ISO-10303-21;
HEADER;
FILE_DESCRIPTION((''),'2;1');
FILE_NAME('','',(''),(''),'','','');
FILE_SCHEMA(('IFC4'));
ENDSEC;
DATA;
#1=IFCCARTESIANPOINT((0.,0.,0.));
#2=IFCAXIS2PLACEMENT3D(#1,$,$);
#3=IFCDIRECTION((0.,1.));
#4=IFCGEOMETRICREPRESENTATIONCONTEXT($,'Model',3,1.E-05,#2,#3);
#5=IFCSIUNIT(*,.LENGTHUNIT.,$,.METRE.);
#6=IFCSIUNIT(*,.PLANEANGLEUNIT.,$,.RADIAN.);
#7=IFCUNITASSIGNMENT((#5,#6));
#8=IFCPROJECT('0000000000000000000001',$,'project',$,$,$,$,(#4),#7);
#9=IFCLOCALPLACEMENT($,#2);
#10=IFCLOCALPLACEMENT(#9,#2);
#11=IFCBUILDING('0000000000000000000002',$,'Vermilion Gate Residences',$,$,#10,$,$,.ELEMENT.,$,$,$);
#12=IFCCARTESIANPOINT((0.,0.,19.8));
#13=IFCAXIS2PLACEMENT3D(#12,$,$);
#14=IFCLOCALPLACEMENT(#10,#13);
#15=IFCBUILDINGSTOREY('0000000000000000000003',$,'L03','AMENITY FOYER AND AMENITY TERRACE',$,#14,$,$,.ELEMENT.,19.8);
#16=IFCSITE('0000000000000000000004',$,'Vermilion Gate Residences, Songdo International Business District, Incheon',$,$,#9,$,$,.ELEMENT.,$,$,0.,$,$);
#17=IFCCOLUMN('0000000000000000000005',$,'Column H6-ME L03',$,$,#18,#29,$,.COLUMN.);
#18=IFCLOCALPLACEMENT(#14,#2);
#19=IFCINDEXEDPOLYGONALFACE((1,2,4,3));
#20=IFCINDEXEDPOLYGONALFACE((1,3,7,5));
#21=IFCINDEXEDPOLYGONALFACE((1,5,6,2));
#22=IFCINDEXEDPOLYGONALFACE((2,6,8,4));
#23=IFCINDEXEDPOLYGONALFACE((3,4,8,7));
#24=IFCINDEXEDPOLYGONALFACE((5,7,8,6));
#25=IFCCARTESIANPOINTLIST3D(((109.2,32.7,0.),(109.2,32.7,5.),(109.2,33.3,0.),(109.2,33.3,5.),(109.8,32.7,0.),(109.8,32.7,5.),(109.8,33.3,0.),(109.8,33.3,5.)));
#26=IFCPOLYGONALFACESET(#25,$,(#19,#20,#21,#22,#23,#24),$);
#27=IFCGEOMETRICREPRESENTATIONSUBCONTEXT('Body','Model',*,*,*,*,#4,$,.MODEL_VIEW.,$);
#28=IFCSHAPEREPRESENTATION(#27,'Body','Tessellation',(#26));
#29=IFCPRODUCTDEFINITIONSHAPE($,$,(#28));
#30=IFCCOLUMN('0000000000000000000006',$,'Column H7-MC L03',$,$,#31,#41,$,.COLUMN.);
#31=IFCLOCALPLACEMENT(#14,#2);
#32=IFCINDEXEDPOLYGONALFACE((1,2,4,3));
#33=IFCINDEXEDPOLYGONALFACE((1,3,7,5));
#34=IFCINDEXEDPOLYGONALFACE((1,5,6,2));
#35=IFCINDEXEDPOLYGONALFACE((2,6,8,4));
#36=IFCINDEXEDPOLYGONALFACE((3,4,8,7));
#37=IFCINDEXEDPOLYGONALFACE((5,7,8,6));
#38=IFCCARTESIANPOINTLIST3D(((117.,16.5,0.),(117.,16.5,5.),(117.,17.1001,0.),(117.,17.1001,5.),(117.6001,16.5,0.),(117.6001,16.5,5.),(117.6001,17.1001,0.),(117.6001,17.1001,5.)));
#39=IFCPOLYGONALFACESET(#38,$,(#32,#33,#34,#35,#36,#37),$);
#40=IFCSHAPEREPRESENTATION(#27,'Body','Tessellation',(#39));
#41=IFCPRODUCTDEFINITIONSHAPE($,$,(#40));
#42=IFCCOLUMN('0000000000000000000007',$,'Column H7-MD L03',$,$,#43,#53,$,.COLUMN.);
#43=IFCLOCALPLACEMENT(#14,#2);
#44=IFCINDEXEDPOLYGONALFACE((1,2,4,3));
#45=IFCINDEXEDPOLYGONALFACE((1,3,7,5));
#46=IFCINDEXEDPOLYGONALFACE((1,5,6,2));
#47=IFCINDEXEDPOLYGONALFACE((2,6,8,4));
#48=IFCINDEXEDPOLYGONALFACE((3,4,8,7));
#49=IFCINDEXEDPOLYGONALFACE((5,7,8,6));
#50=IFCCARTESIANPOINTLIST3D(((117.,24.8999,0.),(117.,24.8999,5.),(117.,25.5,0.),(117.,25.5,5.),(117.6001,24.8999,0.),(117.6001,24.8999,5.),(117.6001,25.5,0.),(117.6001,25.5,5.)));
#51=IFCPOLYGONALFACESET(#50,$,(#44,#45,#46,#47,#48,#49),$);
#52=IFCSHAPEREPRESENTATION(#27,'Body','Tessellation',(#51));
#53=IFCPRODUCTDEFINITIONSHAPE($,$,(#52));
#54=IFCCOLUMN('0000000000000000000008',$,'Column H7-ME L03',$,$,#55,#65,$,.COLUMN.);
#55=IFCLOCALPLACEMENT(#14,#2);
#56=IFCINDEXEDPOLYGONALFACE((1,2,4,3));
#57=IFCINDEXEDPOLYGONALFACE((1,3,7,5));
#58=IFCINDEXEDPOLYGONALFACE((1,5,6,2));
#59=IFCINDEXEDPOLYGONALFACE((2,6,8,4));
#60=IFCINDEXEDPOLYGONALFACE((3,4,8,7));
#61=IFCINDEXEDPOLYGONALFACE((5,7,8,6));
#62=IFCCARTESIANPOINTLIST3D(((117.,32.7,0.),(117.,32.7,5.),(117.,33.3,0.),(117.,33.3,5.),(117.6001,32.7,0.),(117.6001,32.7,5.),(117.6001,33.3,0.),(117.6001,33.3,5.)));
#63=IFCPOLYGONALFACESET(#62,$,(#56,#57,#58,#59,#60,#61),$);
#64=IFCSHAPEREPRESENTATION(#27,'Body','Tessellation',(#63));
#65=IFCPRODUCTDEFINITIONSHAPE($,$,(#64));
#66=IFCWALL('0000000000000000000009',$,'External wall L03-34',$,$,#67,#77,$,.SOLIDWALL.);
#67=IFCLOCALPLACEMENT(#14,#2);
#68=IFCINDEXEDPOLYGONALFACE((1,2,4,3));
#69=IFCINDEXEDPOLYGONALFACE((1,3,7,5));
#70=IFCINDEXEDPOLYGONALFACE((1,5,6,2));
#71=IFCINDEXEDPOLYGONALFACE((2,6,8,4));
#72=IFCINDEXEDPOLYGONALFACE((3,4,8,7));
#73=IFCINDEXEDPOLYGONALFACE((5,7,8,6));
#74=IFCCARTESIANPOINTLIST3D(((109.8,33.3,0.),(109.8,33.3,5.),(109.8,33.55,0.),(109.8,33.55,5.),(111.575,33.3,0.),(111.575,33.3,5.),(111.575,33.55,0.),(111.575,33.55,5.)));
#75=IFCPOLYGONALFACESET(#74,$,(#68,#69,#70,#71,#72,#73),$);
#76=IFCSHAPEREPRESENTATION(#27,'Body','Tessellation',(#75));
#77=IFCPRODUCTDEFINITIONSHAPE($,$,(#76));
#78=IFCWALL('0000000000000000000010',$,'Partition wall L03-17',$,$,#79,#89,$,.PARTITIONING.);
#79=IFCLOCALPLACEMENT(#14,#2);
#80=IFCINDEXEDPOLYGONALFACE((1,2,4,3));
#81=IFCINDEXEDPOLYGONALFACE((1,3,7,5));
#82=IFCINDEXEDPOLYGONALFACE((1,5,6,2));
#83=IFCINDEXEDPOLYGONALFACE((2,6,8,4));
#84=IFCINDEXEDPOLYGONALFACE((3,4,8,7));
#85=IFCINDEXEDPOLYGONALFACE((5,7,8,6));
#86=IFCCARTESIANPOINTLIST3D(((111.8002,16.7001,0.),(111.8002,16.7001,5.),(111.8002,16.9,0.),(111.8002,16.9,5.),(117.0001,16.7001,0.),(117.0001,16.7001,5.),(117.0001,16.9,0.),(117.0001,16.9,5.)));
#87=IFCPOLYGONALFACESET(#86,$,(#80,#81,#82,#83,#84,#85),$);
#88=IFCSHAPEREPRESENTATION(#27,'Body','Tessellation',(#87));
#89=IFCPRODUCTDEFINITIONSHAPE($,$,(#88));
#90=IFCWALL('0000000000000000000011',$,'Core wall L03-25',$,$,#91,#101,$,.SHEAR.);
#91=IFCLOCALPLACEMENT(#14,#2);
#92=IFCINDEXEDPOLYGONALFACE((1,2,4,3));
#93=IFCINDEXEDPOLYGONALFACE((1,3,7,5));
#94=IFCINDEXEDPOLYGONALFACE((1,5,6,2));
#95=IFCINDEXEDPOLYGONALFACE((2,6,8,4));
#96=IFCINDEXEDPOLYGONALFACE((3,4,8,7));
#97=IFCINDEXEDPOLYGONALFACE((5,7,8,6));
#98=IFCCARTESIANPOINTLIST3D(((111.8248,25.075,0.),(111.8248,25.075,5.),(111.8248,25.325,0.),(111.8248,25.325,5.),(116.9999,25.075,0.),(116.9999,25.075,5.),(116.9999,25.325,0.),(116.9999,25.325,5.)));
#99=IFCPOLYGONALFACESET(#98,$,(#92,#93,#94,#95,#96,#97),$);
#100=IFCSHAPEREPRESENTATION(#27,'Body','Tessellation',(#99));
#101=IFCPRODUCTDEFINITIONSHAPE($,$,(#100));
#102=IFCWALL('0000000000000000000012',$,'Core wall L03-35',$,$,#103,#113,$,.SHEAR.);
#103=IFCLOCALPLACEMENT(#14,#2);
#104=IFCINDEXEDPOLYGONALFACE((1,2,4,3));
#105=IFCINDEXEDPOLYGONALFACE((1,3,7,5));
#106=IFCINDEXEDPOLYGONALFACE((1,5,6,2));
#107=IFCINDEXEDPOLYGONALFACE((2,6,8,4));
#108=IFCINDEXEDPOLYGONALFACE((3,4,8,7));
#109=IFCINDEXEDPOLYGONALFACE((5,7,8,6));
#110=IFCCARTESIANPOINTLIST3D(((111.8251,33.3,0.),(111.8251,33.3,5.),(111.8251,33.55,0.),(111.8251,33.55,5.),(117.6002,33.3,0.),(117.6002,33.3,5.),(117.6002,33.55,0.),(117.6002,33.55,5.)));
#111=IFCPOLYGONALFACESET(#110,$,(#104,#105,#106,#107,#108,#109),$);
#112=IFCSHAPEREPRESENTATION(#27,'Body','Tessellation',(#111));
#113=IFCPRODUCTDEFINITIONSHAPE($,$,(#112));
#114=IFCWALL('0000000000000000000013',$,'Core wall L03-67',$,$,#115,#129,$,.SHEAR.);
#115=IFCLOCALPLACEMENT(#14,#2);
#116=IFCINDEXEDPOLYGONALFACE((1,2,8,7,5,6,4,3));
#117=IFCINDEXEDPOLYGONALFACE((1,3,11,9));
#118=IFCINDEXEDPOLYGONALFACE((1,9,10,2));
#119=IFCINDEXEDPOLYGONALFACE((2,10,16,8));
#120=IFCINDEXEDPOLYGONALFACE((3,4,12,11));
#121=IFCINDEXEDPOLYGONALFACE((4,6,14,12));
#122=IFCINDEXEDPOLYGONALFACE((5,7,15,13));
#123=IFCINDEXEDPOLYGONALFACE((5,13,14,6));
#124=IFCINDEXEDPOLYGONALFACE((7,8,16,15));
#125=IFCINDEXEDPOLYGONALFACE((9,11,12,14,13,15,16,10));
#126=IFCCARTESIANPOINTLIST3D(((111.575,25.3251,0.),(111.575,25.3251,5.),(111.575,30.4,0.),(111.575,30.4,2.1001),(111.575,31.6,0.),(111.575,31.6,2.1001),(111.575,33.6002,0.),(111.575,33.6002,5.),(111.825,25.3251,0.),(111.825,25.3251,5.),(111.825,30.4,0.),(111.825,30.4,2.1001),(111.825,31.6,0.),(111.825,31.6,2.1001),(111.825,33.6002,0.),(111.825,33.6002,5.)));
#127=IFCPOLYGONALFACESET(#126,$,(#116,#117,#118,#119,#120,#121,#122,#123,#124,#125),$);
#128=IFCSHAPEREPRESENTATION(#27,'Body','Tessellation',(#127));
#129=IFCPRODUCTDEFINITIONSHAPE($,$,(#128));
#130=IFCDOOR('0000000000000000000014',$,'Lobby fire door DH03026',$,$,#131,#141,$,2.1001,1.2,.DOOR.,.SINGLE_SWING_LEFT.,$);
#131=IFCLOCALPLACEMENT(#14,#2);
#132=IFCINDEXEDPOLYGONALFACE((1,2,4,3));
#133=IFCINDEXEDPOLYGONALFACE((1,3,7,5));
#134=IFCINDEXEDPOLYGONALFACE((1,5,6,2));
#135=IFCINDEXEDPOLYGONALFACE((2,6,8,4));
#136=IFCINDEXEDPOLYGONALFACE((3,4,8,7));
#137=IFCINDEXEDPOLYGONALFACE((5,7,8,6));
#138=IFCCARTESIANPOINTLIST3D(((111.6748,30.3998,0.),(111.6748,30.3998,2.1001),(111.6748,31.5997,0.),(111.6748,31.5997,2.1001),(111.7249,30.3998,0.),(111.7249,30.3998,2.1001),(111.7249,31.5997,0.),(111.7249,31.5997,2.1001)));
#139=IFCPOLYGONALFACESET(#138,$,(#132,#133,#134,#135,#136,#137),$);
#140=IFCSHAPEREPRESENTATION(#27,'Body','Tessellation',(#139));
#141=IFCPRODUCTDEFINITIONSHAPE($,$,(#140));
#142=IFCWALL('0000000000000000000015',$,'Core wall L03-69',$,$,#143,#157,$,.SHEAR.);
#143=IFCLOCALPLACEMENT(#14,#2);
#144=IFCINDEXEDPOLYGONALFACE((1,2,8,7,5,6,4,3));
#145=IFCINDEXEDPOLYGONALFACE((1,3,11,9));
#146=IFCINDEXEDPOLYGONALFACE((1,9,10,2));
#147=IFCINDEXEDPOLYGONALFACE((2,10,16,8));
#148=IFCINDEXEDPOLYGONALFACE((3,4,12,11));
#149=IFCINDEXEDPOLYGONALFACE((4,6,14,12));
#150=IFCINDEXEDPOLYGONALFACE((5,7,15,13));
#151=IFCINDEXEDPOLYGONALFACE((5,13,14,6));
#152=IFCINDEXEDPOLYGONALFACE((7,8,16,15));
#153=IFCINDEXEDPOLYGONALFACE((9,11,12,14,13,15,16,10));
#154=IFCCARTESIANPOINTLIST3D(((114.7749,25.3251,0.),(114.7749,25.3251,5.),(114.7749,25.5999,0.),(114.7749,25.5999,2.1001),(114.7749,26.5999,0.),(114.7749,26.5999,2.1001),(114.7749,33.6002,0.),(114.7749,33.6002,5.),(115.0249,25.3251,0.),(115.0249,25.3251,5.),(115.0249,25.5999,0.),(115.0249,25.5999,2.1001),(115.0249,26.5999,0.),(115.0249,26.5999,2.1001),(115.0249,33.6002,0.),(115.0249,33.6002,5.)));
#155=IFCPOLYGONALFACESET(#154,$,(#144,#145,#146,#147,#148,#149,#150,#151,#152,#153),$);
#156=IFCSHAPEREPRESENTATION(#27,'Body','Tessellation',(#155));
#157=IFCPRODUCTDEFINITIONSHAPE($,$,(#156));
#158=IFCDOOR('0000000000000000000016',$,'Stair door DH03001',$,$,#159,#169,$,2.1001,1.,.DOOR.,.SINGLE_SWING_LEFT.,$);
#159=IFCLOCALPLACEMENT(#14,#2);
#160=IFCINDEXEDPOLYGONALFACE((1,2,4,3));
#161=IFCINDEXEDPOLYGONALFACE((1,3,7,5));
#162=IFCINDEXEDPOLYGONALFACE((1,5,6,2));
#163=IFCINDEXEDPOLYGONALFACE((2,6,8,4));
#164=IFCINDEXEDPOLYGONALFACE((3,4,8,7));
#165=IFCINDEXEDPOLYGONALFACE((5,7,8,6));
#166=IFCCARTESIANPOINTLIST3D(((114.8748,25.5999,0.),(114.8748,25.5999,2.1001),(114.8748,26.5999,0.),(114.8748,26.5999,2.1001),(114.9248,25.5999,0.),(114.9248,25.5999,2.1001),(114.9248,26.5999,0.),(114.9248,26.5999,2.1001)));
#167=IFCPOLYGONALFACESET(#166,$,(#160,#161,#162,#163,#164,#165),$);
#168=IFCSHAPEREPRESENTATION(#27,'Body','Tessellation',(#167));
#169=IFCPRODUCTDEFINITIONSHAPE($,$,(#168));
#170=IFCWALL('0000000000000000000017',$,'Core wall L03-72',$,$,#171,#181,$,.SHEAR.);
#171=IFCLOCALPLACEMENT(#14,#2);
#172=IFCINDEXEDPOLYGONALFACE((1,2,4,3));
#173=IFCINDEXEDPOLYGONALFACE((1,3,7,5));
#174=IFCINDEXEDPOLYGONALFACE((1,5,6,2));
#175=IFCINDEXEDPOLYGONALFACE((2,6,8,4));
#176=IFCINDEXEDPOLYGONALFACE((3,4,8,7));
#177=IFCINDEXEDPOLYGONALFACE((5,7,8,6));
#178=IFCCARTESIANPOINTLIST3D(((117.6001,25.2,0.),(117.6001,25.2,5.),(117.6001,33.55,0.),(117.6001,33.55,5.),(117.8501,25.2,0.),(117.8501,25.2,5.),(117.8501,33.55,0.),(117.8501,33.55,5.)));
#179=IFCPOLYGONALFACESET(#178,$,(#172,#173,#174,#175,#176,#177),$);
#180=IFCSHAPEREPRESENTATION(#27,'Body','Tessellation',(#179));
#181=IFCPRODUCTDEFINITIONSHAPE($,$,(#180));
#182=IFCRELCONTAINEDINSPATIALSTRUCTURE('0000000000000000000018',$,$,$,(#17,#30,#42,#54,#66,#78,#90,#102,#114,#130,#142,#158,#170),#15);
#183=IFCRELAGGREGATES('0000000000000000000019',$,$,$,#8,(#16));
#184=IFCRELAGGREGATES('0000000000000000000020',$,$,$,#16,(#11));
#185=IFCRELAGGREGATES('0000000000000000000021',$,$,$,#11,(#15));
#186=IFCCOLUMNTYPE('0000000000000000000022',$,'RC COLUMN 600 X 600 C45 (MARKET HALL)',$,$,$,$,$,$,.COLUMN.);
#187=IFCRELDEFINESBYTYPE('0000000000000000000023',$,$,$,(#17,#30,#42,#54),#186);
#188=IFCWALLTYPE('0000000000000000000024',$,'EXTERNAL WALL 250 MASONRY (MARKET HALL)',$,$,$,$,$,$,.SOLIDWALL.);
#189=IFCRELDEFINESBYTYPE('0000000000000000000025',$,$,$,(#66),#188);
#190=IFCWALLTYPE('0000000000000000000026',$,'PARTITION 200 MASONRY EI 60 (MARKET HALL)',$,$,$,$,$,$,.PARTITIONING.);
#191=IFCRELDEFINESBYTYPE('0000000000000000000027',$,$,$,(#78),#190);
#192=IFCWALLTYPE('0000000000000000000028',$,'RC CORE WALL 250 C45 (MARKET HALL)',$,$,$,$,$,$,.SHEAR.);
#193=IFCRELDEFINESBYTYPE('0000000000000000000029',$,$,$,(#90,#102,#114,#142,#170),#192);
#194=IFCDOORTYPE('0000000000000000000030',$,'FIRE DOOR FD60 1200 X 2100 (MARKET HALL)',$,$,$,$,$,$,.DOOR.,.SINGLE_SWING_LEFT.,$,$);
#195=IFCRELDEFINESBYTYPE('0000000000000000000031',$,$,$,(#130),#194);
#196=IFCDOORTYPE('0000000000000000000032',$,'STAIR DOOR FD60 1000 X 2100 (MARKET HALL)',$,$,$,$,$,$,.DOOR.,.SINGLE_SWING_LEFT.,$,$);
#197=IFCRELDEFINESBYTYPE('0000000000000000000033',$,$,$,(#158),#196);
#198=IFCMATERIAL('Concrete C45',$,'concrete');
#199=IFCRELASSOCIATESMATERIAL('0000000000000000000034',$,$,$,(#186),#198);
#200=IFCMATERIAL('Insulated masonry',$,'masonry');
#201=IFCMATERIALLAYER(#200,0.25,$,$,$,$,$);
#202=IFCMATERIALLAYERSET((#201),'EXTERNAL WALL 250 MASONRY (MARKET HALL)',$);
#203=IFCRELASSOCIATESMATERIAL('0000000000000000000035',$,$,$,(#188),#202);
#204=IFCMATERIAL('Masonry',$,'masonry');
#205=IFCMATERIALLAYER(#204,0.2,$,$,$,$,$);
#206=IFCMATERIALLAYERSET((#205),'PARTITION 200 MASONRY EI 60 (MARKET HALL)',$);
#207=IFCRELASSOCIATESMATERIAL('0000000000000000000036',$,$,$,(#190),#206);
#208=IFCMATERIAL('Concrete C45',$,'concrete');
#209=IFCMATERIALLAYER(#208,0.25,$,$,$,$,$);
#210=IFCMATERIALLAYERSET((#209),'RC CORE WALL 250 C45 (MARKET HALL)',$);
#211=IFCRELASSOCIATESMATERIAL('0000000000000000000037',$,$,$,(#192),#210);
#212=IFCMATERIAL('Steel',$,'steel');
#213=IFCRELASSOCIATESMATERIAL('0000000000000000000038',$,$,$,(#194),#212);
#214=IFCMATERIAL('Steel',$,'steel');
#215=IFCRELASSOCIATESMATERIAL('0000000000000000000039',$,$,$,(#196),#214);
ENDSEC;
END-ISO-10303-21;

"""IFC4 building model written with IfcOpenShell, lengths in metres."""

from ifc_helpers import new_model, si_unit, direction, frame, frame_2d, origin, origin_2d, place, context, subcontext, project, spatial, rectangle, extrude, material, layer, layer_set, material_profile, profile_set, type_object, element, fill, save


model = new_model("IFC4")

# Units and contexts
model_context = context("Model", 3, precision=1e-05, world=origin(), true_north=direction((0.0, 1.0)))
body_context = subcontext(model_context, "Body", "Model", "MODEL_VIEW")
ifc_project = project(units=[si_unit("LENGTHUNIT", "METRE"), si_unit("PLANEANGLEUNIT", "RADIAN")], contexts=[model_context])

# Site, building, storey
site_placement = place(None, origin())
site = spatial("IfcSite", under=ifc_project, at=site_placement, Name="Vermilion Gate Residences, Songdo International Business District, Incheon", CompositionType="ELEMENT", RefElevation=0.0)
building_placement = place(site_placement, origin())
building = spatial("IfcBuilding", under=site, at=building_placement, Name="Vermilion Gate Residences", CompositionType="ELEMENT")
storey_placement = place(building_placement, frame((0.0, 0.0, 19.8)))
storey = spatial("IfcBuildingStorey", under=building, at=storey_placement, Name="L03", Description="AMENITY FOYER AND AMENITY TERRACE", CompositionType="ELEMENT", Elevation=19.8)

# Columns
ifc_material_1 = material(Name="Concrete C45", Category="concrete")
ifc_material_profile = material_profile(ifc_material_1, rectangle(XDim=0.6001, YDim=0.6001, at=origin_2d()), Name="RC COLUMN 600 X 600 C45 (MARKET HALL)")
ifc_profile_set = profile_set([ifc_material_profile], Name="Concrete C45")
column_type = type_object("IfcColumnType", Name="RC COLUMN 600 X 600 C45 (MARKET HALL)", PredefinedType="COLUMN", material=ifc_profile_set)
for number, where, z_axis, x_axis, name in (
    (1, (109.5, 33.0, 0.0), (0.0, 0.0, 1.0), (1.0, 0.0, 0.0), "Column H6-ME L03"),
    (2, (117.3, 16.8, 0.0), (0.0, 0.0, 1.0), (1.0, 0.0, 0.0), "Column H7-MC L03"),
    (3, (117.3, 25.2, 0.0), (0.0, 0.0, 1.0), (1.0, 0.0, 0.0), "Column H7-MD L03"),
    (4, (117.3, 33.0, 0.0), (0.0, 0.0, 1.0), (1.0, 0.0, 0.0), "Column H7-ME L03"),
):
    element("IfcColumn", number, at=place(storey_placement, frame(where, z_axis=z_axis, x_axis=x_axis)), inside=storey, type_object=column_type, Name=name, PredefinedType="COLUMN", context=body_context, shape_type="SweptSolid", body=[
        extrude(rectangle(XDim=0.6001, YDim=0.6001, at=origin_2d()), origin(), (0.0, 0.0, 1.0), 5.0),
    ])

# Walls
ifc_material_2 = material(Name="Insulated masonry", Category="masonry")
ifc_layer_1 = layer(ifc_material_2, 0.25)
ifc_layer_set_1 = layer_set([ifc_layer_1], Name="EXTERNAL WALL 250 MASONRY (MARKET HALL)")
wall_type_1 = type_object("IfcWallType", Name="EXTERNAL WALL 250 MASONRY (MARKET HALL)", PredefinedType="SOLIDWALL", material=ifc_layer_set_1)
wall_1_placement = place(storey_placement, frame((109.8, 33.425, 0.0), z_axis=(0.0, 0.0, 1.0), x_axis=(1.0, 0.0, 0.0)))
element("IfcWall", 5, at=wall_1_placement, inside=storey, type_object=wall_type_1, Name="External wall L03-34", PredefinedType="SOLIDWALL", context=body_context, shape_type="SweptSolid", body=[
    extrude(rectangle(XDim=1.7749, YDim=0.25, at=frame_2d((0.8875, 0.0))), origin(), (0.0, 0.0, 1.0), 5.0),
])
ifc_material_3 = material(Name="Masonry", Category="masonry")
ifc_layer_2 = layer(ifc_material_3, 0.2)
ifc_layer_set_2 = layer_set([ifc_layer_2], Name="PARTITION 200 MASONRY EI 60 (MARKET HALL)")
wall_type_2 = type_object("IfcWallType", Name="PARTITION 200 MASONRY EI 60 (MARKET HALL)", PredefinedType="PARTITIONING", material=ifc_layer_set_2)
wall_2_placement = place(storey_placement, frame((111.8, 16.8, 0.0), z_axis=(0.0, 0.0, 1.0), x_axis=(1.0, 0.0, 0.0)))
element("IfcWall", 6, at=wall_2_placement, inside=storey, type_object=wall_type_2, Name="Partition wall L03-17", PredefinedType="PARTITIONING", context=body_context, shape_type="SweptSolid", body=[
    extrude(rectangle(XDim=5.2, YDim=0.2, at=frame_2d((2.6001, 0.0))), origin(), (0.0, 0.0, 1.0), 5.0),
])
ifc_material_4 = material(Name="Concrete C45", Category="concrete")
ifc_layer_3 = layer(ifc_material_4, 0.25)
ifc_layer_set_3 = layer_set([ifc_layer_3], Name="RC CORE WALL 250 C45 (MARKET HALL)")
wall_type_3 = type_object("IfcWallType", Name="RC CORE WALL 250 C45 (MARKET HALL)", PredefinedType="SHEAR", material=ifc_layer_set_3)
wall_3_placement = place(storey_placement, frame((111.825, 25.2, 0.0), z_axis=(0.0, 0.0, 1.0), x_axis=(1.0, 0.0, 0.0)))
element("IfcWall", 7, at=wall_3_placement, inside=storey, type_object=wall_type_3, Name="Core wall L03-25", PredefinedType="SHEAR", context=body_context, shape_type="SweptSolid", body=[
    extrude(rectangle(XDim=5.175, YDim=0.25, at=frame_2d((2.5874, 0.0))), origin(), (0.0, 0.0, 1.0), 5.0),
])
wall_4_placement = place(storey_placement, frame((111.825, 33.425, 0.0), z_axis=(0.0, 0.0, 1.0), x_axis=(1.0, 0.0, 0.0)))
element("IfcWall", 8, at=wall_4_placement, inside=storey, type_object=wall_type_3, Name="Core wall L03-35", PredefinedType="SHEAR", context=body_context, shape_type="SweptSolid", body=[
    extrude(rectangle(XDim=5.7751, YDim=0.25, at=frame_2d((2.8877, 0.0))), origin(), (0.0, 0.0, 1.0), 5.0),
])

# Walls, openings, doors
wall_5_placement = place(storey_placement, frame((111.7, 25.325, 0.0), z_axis=(0.0, 0.0, 1.0), x_axis=(0.0, 1.0, 0.0)))
wall_5 = element("IfcWall", 9, at=wall_5_placement, inside=storey, type_object=wall_type_3, Name="Core wall L03-67", PredefinedType="SHEAR", context=body_context, shape_type="SweptSolid", body=[
    extrude(rectangle(XDim=8.2751, YDim=0.25, at=frame_2d((4.1377, 0.0))), origin(), (0.0, 0.0, 1.0), 5.0),
])
opening_1_placement = place(wall_5_placement, frame((5.075, 0.0, 0.0)))
opening_1 = element("IfcOpeningElement", 10, at=opening_1_placement, cuts=wall_5, PredefinedType="OPENING", context=body_context, shape_type="SweptSolid", body=[
    extrude(rectangle(XDim=1.2, YDim=2.1001, at=frame_2d((0.6001, 1.05))), frame((0.0, 0.135, 0.0), z_axis=(0.0, -1.0, 0.0), x_axis=(1.0, 0.0, 0.0)), (0.0, 0.0, 1.0), 0.27),
])
ifc_material_5 = material(Name="Steel", Category="steel")
door_type_1 = type_object("IfcDoorType", Name="FIRE DOOR FD60 1200 X 2100 (MARKET HALL)", OperationType="SINGLE_SWING_LEFT", PredefinedType="DOOR", material=ifc_material_5)
door_1_placement = place(opening_1_placement, frame((1.2, 0.0, 0.0), z_axis=(0.0, 0.0, 1.0), x_axis=(-1.0, 0.0, 0.0)))
door_1 = element("IfcDoor", 11, at=door_1_placement, inside=storey, type_object=door_type_1, Name="Lobby fire door DH03026", OperationType="SINGLE_SWING_LEFT", OverallHeight=2.1001, OverallWidth=1.2, PredefinedType="DOOR", context=body_context, shape_type="SweptSolid", body=[
    extrude(rectangle(XDim=1.2, YDim=2.1001, at=frame_2d((0.6001, 1.05))), frame((0.0, 0.0249, 0.0), z_axis=(0.0, -1.0, 0.0), x_axis=(1.0, 0.0, 0.0)), (0.0, 0.0, 1.0), 0.05),
])
fill(opening_1, door_1)
wall_6_placement = place(storey_placement, frame((114.8999, 25.325, 0.0), z_axis=(0.0, 0.0, 1.0), x_axis=(0.0, 1.0, 0.0)))
wall_6 = element("IfcWall", 12, at=wall_6_placement, inside=storey, type_object=wall_type_3, Name="Core wall L03-69", PredefinedType="SHEAR", context=body_context, shape_type="SweptSolid", body=[
    extrude(rectangle(XDim=8.2751, YDim=0.25, at=frame_2d((4.1377, 0.0))), origin(), (0.0, 0.0, 1.0), 5.0),
])
opening_2_placement = place(wall_6_placement, frame((0.2749, 0.0, 0.0)))
opening_2 = element("IfcOpeningElement", 13, at=opening_2_placement, cuts=wall_6, PredefinedType="OPENING", context=body_context, shape_type="SweptSolid", body=[
    extrude(rectangle(XDim=1.0, YDim=2.1001, at=frame_2d((0.5, 1.05))), frame((0.0, 0.135, 0.0), z_axis=(0.0, -1.0, 0.0), x_axis=(1.0, 0.0, 0.0)), (0.0, 0.0, 1.0), 0.27),
])
ifc_material_6 = material(Name="Steel", Category="steel")
door_type_2 = type_object("IfcDoorType", Name="STAIR DOOR FD60 1000 X 2100 (MARKET HALL)", OperationType="SINGLE_SWING_LEFT", PredefinedType="DOOR", material=ifc_material_6)
door_2_placement = place(opening_2_placement, frame((1.0, 0.0, 0.0), z_axis=(0.0, 0.0, 1.0), x_axis=(-1.0, 0.0, 0.0)))
door_2 = element("IfcDoor", 14, at=door_2_placement, inside=storey, type_object=door_type_2, Name="Stair door DH03001", OperationType="SINGLE_SWING_LEFT", OverallHeight=2.1001, OverallWidth=1.0, PredefinedType="DOOR", context=body_context, shape_type="SweptSolid", body=[
    extrude(rectangle(XDim=1.0, YDim=2.1001, at=frame_2d((0.5, 1.05))), frame((0.0, 0.0249, 0.0), z_axis=(0.0, -1.0, 0.0), x_axis=(1.0, 0.0, 0.0)), (0.0, 0.0, 1.0), 0.05),
])
fill(opening_2, door_2)

# Wall
wall_7_placement = place(storey_placement, frame((117.7251, 25.2, 0.0), z_axis=(0.0, 0.0, 1.0), x_axis=(0.0, 1.0, 0.0)))
element("IfcWall", 15, at=wall_7_placement, inside=storey, type_object=wall_type_3, Name="Core wall L03-72", PredefinedType="SHEAR", context=body_context, shape_type="SweptSolid", body=[
    extrude(rectangle(XDim=8.3501, YDim=0.25, at=frame_2d((4.175, 0.0))), origin(), (0.0, 0.0, 1.0), 5.0),
])

save(model, "model.ifc")
